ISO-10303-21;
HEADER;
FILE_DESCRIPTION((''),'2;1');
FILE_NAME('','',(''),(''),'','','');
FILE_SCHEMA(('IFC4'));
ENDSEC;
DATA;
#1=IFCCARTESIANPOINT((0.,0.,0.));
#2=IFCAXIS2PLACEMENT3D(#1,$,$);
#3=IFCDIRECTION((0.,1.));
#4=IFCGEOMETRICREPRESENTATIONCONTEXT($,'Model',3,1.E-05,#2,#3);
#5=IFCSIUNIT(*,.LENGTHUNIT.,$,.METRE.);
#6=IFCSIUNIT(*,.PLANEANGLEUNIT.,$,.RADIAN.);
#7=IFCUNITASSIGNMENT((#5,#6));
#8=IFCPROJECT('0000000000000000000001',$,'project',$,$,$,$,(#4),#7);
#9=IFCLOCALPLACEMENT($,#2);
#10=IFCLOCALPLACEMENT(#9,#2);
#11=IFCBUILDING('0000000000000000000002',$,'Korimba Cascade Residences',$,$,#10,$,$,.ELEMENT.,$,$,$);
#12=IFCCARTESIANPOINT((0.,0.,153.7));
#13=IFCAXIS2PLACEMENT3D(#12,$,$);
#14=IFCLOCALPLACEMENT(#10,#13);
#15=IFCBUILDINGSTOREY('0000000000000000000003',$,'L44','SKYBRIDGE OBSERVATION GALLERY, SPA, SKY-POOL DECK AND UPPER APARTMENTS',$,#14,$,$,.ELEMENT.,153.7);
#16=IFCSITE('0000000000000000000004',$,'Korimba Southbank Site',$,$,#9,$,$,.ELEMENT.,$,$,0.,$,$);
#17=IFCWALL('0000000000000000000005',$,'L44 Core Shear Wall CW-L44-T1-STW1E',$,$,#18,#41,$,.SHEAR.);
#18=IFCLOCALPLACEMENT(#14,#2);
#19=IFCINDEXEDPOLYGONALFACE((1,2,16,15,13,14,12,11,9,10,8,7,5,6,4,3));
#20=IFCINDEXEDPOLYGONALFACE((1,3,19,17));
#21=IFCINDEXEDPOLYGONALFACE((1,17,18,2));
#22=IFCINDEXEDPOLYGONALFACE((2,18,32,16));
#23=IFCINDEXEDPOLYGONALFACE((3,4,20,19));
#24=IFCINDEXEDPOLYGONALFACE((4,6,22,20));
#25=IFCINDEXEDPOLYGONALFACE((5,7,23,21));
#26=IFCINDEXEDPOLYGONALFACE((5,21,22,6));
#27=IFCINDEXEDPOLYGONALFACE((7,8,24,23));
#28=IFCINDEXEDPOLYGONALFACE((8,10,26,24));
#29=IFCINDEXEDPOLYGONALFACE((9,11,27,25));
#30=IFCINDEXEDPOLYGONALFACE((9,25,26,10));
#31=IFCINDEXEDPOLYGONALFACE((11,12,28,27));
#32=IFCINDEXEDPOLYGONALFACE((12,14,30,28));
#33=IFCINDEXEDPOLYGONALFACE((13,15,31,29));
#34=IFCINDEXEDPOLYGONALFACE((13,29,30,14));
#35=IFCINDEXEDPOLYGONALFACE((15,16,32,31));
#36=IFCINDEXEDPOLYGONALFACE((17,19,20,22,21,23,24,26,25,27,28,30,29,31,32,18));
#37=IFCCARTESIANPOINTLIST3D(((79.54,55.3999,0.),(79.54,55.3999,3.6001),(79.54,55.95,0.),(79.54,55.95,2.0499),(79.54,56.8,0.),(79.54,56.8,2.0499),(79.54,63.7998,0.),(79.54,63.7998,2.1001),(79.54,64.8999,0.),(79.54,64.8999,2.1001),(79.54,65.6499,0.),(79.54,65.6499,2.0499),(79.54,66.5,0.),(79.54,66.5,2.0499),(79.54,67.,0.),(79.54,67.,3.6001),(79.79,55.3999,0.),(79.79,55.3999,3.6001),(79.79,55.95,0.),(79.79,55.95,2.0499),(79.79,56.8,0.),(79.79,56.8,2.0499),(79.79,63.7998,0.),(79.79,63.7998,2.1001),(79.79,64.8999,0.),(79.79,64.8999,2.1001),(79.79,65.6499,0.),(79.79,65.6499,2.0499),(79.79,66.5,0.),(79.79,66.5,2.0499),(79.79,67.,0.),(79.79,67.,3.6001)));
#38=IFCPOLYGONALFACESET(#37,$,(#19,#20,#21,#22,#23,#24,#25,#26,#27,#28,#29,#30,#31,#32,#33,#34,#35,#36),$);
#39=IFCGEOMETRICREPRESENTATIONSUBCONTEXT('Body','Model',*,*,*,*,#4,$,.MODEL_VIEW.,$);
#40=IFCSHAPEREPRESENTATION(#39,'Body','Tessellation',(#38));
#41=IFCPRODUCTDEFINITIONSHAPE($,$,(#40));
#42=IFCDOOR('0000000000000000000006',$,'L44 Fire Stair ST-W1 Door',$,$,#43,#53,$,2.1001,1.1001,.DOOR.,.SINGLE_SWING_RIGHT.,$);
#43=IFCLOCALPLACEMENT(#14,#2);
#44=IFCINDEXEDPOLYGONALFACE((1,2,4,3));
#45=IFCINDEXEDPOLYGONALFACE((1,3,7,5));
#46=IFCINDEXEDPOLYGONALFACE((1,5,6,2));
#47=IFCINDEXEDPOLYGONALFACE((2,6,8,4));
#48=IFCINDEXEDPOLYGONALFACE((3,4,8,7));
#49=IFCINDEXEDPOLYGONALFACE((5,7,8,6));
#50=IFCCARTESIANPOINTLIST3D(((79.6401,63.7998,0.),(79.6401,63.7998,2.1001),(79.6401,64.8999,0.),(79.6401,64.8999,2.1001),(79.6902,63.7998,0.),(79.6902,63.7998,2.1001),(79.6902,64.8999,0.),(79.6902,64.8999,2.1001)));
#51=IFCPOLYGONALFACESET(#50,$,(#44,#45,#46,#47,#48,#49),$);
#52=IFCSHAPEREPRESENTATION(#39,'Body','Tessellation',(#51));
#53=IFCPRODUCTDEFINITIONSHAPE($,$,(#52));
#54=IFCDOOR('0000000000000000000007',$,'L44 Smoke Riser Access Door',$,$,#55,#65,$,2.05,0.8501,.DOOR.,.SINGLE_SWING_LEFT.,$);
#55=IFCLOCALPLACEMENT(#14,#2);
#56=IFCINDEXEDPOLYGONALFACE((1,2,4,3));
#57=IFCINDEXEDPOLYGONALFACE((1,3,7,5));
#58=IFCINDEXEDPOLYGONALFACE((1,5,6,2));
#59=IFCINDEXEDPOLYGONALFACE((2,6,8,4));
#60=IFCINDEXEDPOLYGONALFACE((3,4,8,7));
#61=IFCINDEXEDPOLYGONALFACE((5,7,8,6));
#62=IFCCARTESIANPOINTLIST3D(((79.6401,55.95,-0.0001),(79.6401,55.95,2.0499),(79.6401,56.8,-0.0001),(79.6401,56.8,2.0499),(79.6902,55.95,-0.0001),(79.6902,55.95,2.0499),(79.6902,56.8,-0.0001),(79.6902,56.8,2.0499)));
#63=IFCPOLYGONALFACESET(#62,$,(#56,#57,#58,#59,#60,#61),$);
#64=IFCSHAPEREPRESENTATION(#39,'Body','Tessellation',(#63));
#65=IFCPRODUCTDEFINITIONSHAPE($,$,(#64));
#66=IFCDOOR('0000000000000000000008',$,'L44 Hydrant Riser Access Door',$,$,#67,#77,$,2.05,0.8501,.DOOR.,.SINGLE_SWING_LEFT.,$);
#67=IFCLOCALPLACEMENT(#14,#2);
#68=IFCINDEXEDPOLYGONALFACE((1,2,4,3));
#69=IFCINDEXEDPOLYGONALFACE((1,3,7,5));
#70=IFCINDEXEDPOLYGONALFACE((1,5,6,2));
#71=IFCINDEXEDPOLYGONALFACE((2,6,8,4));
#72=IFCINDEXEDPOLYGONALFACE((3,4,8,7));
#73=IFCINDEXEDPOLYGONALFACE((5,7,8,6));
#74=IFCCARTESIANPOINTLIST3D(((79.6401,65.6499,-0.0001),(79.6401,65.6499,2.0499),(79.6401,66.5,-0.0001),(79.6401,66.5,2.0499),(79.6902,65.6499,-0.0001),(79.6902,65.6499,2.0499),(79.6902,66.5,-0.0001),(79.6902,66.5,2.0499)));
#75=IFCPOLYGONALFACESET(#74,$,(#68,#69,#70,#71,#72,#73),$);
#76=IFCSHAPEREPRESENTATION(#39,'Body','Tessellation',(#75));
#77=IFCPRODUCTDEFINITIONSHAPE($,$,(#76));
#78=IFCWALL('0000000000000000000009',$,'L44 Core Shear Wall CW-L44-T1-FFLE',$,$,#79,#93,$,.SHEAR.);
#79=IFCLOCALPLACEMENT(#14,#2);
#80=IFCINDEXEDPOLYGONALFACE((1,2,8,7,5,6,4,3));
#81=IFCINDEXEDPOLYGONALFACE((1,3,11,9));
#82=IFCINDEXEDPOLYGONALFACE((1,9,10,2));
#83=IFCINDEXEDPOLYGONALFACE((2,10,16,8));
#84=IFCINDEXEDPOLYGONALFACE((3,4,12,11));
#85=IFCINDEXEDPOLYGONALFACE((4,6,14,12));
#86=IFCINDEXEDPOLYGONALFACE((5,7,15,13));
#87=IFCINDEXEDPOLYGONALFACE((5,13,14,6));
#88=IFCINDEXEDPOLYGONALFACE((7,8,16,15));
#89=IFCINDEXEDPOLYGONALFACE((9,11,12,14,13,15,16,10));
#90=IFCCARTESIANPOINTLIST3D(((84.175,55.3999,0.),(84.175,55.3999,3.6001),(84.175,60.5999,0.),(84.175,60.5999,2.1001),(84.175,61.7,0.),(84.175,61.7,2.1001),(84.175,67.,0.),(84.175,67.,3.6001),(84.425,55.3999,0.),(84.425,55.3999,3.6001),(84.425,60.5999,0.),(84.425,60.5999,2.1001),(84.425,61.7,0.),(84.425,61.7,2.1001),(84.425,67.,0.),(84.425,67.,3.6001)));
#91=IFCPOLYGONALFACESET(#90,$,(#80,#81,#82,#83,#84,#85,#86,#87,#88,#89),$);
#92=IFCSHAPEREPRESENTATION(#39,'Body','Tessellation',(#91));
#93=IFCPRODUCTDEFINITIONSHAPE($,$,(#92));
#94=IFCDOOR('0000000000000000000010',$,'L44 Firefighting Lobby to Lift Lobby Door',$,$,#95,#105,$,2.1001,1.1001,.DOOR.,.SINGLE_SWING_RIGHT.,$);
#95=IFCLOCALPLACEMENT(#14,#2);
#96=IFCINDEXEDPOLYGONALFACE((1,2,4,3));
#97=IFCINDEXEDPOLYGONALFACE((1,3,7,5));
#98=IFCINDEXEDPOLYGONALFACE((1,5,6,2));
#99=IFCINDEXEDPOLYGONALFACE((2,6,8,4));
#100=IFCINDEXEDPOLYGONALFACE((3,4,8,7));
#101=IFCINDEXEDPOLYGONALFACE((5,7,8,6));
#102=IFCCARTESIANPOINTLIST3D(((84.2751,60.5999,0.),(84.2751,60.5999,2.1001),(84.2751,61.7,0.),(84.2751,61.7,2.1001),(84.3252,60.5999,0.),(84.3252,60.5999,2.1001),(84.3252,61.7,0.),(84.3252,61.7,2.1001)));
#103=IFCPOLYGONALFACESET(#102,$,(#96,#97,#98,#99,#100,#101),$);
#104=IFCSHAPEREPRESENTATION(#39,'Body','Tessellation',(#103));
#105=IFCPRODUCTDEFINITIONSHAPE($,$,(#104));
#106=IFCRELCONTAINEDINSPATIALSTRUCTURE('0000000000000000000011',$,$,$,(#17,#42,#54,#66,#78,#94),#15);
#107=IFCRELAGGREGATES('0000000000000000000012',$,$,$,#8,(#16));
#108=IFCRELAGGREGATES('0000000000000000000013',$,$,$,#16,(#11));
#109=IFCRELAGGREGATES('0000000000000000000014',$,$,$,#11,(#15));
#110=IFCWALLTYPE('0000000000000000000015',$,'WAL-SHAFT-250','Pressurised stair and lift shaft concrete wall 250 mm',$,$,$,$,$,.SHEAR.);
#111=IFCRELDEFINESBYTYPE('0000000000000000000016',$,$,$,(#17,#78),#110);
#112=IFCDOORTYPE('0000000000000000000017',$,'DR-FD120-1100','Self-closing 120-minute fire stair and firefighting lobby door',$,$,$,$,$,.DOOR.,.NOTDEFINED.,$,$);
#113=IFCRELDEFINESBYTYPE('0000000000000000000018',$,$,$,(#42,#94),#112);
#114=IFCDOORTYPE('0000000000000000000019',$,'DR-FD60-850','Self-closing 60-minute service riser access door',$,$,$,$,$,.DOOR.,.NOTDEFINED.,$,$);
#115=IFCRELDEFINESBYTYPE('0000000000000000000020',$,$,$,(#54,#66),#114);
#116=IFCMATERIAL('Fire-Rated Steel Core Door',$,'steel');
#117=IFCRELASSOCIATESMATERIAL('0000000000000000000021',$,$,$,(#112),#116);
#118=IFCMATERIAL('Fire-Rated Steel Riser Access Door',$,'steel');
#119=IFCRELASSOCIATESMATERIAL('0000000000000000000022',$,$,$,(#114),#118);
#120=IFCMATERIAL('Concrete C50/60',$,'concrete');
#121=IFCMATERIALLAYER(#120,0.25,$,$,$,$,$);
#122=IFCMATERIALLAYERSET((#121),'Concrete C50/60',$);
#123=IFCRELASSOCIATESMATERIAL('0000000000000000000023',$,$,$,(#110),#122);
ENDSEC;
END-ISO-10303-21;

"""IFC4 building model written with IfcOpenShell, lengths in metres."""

from ifc_helpers import new_model, si_unit, direction, frame, frame_2d, origin, place, context, subcontext, project, spatial, rectangle, extrude, material, layer, layer_set, type_object, element, fill, save


model = new_model("IFC4")

# Units and contexts
model_context = context("Model", 3, precision=1e-05, world=origin(), true_north=direction((0.0, 1.0)))
body_context = subcontext(model_context, "Body", "Model", "MODEL_VIEW")
ifc_project = project(units=[si_unit("LENGTHUNIT", "METRE"), si_unit("PLANEANGLEUNIT", "RADIAN")], contexts=[model_context])

# Site, building, storey
site_placement = place(None, origin())
site = spatial("IfcSite", under=ifc_project, at=site_placement, Name="Korimba Southbank Site", CompositionType="ELEMENT", RefElevation=0.0)
building_placement = place(site_placement, origin())
building = spatial("IfcBuilding", under=site, at=building_placement, Name="Korimba Cascade Residences", CompositionType="ELEMENT")
storey_placement = place(building_placement, frame((0.0, 0.0, 153.7)))
storey = spatial("IfcBuildingStorey", under=building, at=storey_placement, Name="L44", Description="SKYBRIDGE OBSERVATION GALLERY, SPA, SKY-POOL DECK AND UPPER APARTMENTS", CompositionType="ELEMENT", Elevation=153.7)

# Shared definitions
ifc_material_1 = material(Name="Fire-Rated Steel Core Door", Category="steel")
door_type_1 = type_object("IfcDoorType", Name="DR-FD120-1100", Description="Self-closing 120-minute fire stair and firefighting lobby door", OperationType="NOTDEFINED", PredefinedType="DOOR", material=ifc_material_1)

# Wall, openings, doors
ifc_material_2 = material(Name="Fire-Rated Steel Riser Access Door", Category="steel")
door_type_2 = type_object("IfcDoorType", Name="DR-FD60-850", Description="Self-closing 60-minute service riser access door", OperationType="NOTDEFINED", PredefinedType="DOOR", material=ifc_material_2)
ifc_material_3 = material(Name="Concrete C50/60", Category="concrete")
ifc_layer_1 = layer(ifc_material_3, 0.25)
ifc_layer_set_1 = layer_set([ifc_layer_1], Name="Concrete C50/60")
wall_type_1 = type_object("IfcWallType", Name="WAL-SHAFT-250", Description="Pressurised stair and lift shaft concrete wall 250 mm", PredefinedType="SHEAR", material=ifc_layer_set_1)
wall_1_placement = place(storey_placement, frame((79.665, 55.3999, 0.0), z_axis=(0.0, 0.0, 1.0), x_axis=(0.0, 1.0, 0.0)))
wall_1 = element("IfcWall", 1, at=wall_1_placement, inside=storey, type_object=wall_type_1, Name="L44 Core Shear Wall CW-L44-T1-STW1E", PredefinedType="SHEAR", context=body_context, shape_type="SweptSolid", body=[
    extrude(rectangle(XDim=11.6001, YDim=0.25, at=frame_2d((5.8, 0.0))), origin(), (0.0, 0.0, 1.0), 3.6001),
])
opening_1_placement = place(wall_1_placement, frame((0.55, 0.0, 0.0)))
opening_1 = element("IfcOpeningElement", 2, at=opening_1_placement, cuts=wall_1, PredefinedType="OPENING", context=body_context, shape_type="SweptSolid", body=[
    extrude(rectangle(XDim=0.8501, YDim=2.05, at=frame_2d((0.425, 1.0249))), frame((0.0, 0.135, 0.0), z_axis=(0.0, -1.0, 0.0), x_axis=(1.0, 0.0, 0.0)), (0.0, 0.0, 1.0), 0.27),
])
opening_2_placement = place(wall_1_placement, frame((8.3999, 0.0, 0.0)))
opening_2 = element("IfcOpeningElement", 3, at=opening_2_placement, cuts=wall_1, PredefinedType="OPENING", context=body_context, shape_type="SweptSolid", body=[
    extrude(rectangle(XDim=1.1001, YDim=2.1001, at=frame_2d((0.55, 1.05))), frame((0.0, 0.135, 0.0), z_axis=(0.0, -1.0, 0.0), x_axis=(1.0, 0.0, 0.0)), (0.0, 0.0, 1.0), 0.27),
])
opening_3_placement = place(wall_1_placement, frame((10.25, 0.0, 0.0)))
opening_3 = element("IfcOpeningElement", 4, at=opening_3_placement, cuts=wall_1, PredefinedType="OPENING", context=body_context, shape_type="SweptSolid", body=[
    extrude(rectangle(XDim=0.8501, YDim=2.05, at=frame_2d((0.425, 1.0249))), frame((0.0, 0.135, 0.0), z_axis=(0.0, -1.0, 0.0), x_axis=(1.0, 0.0, 0.0)), (0.0, 0.0, 1.0), 0.27),
])
door_1_placement = place(opening_2_placement, origin())
door_1 = element("IfcDoor", 5, at=door_1_placement, inside=storey, type_object=door_type_1, Name="L44 Fire Stair ST-W1 Door", OperationType="SINGLE_SWING_RIGHT", OverallHeight=2.1001, OverallWidth=1.1001, PredefinedType="DOOR", context=body_context, shape_type="SweptSolid", body=[
    extrude(rectangle(XDim=1.1001, YDim=2.1001, at=frame_2d((0.55, 1.05))), frame((0.0, 0.0249, 0.0), z_axis=(0.0, -1.0, 0.0), x_axis=(1.0, 0.0, 0.0)), (0.0, 0.0, 1.0), 0.05),
])
fill(opening_2, door_1)
door_2_placement = place(opening_1_placement, origin())
door_2 = element("IfcDoor", 6, at=door_2_placement, inside=storey, type_object=door_type_2, Name="L44 Smoke Riser Access Door", OperationType="SINGLE_SWING_LEFT", OverallHeight=2.05, OverallWidth=0.8501, PredefinedType="DOOR", context=body_context, shape_type="SweptSolid", body=[
    extrude(rectangle(XDim=0.8501, YDim=2.05, at=frame_2d((0.425, 1.0249))), frame((0.0, 0.0249, 0.0), z_axis=(0.0, -1.0, 0.0), x_axis=(1.0, 0.0, 0.0)), (0.0, 0.0, 1.0), 0.05),
])
fill(opening_1, door_2)
door_3_placement = place(opening_3_placement, origin())
door_3 = element("IfcDoor", 7, at=door_3_placement, inside=storey, type_object=door_type_2, Name="L44 Hydrant Riser Access Door", OperationType="SINGLE_SWING_LEFT", OverallHeight=2.05, OverallWidth=0.8501, PredefinedType="DOOR", context=body_context, shape_type="SweptSolid", body=[
    extrude(rectangle(XDim=0.8501, YDim=2.05, at=frame_2d((0.425, 1.0249))), frame((0.0, 0.0249, 0.0), z_axis=(0.0, -1.0, 0.0), x_axis=(1.0, 0.0, 0.0)), (0.0, 0.0, 1.0), 0.05),
])
fill(opening_3, door_3)

# Wall, opening, door
wall_2_placement = place(storey_placement, frame((84.3, 55.3999, 0.0), z_axis=(0.0, 0.0, 1.0), x_axis=(0.0, 1.0, 0.0)))
wall_2 = element("IfcWall", 8, at=wall_2_placement, inside=storey, type_object=wall_type_1, Name="L44 Core Shear Wall CW-L44-T1-FFLE", PredefinedType="SHEAR", context=body_context, shape_type="SweptSolid", body=[
    extrude(rectangle(XDim=11.6001, YDim=0.25, at=frame_2d((5.8, 0.0))), origin(), (0.0, 0.0, 1.0), 3.6001),
])
opening_4_placement = place(wall_2_placement, frame((5.2, 0.0, 0.0)))
opening_4 = element("IfcOpeningElement", 9, at=opening_4_placement, cuts=wall_2, PredefinedType="OPENING", context=body_context, shape_type="SweptSolid", body=[
    extrude(rectangle(XDim=1.1001, YDim=2.1001, at=frame_2d((0.55, 1.05))), frame((0.0, 0.135, 0.0), z_axis=(0.0, -1.0, 0.0), x_axis=(1.0, 0.0, 0.0)), (0.0, 0.0, 1.0), 0.27),
])
door_4_placement = place(opening_4_placement, origin())
door_4 = element("IfcDoor", 10, at=door_4_placement, inside=storey, type_object=door_type_1, Name="L44 Firefighting Lobby to Lift Lobby Door", OperationType="SINGLE_SWING_RIGHT", OverallHeight=2.1001, OverallWidth=1.1001, PredefinedType="DOOR", context=body_context, shape_type="SweptSolid", body=[
    extrude(rectangle(XDim=1.1001, YDim=2.1001, at=frame_2d((0.55, 1.05))), frame((0.0, 0.0249, 0.0), z_axis=(0.0, -1.0, 0.0), x_axis=(1.0, 0.0, 0.0)), (0.0, 0.0, 1.0), 0.05),
])
fill(opening_4, door_4)

save(model, "model.ifc")
